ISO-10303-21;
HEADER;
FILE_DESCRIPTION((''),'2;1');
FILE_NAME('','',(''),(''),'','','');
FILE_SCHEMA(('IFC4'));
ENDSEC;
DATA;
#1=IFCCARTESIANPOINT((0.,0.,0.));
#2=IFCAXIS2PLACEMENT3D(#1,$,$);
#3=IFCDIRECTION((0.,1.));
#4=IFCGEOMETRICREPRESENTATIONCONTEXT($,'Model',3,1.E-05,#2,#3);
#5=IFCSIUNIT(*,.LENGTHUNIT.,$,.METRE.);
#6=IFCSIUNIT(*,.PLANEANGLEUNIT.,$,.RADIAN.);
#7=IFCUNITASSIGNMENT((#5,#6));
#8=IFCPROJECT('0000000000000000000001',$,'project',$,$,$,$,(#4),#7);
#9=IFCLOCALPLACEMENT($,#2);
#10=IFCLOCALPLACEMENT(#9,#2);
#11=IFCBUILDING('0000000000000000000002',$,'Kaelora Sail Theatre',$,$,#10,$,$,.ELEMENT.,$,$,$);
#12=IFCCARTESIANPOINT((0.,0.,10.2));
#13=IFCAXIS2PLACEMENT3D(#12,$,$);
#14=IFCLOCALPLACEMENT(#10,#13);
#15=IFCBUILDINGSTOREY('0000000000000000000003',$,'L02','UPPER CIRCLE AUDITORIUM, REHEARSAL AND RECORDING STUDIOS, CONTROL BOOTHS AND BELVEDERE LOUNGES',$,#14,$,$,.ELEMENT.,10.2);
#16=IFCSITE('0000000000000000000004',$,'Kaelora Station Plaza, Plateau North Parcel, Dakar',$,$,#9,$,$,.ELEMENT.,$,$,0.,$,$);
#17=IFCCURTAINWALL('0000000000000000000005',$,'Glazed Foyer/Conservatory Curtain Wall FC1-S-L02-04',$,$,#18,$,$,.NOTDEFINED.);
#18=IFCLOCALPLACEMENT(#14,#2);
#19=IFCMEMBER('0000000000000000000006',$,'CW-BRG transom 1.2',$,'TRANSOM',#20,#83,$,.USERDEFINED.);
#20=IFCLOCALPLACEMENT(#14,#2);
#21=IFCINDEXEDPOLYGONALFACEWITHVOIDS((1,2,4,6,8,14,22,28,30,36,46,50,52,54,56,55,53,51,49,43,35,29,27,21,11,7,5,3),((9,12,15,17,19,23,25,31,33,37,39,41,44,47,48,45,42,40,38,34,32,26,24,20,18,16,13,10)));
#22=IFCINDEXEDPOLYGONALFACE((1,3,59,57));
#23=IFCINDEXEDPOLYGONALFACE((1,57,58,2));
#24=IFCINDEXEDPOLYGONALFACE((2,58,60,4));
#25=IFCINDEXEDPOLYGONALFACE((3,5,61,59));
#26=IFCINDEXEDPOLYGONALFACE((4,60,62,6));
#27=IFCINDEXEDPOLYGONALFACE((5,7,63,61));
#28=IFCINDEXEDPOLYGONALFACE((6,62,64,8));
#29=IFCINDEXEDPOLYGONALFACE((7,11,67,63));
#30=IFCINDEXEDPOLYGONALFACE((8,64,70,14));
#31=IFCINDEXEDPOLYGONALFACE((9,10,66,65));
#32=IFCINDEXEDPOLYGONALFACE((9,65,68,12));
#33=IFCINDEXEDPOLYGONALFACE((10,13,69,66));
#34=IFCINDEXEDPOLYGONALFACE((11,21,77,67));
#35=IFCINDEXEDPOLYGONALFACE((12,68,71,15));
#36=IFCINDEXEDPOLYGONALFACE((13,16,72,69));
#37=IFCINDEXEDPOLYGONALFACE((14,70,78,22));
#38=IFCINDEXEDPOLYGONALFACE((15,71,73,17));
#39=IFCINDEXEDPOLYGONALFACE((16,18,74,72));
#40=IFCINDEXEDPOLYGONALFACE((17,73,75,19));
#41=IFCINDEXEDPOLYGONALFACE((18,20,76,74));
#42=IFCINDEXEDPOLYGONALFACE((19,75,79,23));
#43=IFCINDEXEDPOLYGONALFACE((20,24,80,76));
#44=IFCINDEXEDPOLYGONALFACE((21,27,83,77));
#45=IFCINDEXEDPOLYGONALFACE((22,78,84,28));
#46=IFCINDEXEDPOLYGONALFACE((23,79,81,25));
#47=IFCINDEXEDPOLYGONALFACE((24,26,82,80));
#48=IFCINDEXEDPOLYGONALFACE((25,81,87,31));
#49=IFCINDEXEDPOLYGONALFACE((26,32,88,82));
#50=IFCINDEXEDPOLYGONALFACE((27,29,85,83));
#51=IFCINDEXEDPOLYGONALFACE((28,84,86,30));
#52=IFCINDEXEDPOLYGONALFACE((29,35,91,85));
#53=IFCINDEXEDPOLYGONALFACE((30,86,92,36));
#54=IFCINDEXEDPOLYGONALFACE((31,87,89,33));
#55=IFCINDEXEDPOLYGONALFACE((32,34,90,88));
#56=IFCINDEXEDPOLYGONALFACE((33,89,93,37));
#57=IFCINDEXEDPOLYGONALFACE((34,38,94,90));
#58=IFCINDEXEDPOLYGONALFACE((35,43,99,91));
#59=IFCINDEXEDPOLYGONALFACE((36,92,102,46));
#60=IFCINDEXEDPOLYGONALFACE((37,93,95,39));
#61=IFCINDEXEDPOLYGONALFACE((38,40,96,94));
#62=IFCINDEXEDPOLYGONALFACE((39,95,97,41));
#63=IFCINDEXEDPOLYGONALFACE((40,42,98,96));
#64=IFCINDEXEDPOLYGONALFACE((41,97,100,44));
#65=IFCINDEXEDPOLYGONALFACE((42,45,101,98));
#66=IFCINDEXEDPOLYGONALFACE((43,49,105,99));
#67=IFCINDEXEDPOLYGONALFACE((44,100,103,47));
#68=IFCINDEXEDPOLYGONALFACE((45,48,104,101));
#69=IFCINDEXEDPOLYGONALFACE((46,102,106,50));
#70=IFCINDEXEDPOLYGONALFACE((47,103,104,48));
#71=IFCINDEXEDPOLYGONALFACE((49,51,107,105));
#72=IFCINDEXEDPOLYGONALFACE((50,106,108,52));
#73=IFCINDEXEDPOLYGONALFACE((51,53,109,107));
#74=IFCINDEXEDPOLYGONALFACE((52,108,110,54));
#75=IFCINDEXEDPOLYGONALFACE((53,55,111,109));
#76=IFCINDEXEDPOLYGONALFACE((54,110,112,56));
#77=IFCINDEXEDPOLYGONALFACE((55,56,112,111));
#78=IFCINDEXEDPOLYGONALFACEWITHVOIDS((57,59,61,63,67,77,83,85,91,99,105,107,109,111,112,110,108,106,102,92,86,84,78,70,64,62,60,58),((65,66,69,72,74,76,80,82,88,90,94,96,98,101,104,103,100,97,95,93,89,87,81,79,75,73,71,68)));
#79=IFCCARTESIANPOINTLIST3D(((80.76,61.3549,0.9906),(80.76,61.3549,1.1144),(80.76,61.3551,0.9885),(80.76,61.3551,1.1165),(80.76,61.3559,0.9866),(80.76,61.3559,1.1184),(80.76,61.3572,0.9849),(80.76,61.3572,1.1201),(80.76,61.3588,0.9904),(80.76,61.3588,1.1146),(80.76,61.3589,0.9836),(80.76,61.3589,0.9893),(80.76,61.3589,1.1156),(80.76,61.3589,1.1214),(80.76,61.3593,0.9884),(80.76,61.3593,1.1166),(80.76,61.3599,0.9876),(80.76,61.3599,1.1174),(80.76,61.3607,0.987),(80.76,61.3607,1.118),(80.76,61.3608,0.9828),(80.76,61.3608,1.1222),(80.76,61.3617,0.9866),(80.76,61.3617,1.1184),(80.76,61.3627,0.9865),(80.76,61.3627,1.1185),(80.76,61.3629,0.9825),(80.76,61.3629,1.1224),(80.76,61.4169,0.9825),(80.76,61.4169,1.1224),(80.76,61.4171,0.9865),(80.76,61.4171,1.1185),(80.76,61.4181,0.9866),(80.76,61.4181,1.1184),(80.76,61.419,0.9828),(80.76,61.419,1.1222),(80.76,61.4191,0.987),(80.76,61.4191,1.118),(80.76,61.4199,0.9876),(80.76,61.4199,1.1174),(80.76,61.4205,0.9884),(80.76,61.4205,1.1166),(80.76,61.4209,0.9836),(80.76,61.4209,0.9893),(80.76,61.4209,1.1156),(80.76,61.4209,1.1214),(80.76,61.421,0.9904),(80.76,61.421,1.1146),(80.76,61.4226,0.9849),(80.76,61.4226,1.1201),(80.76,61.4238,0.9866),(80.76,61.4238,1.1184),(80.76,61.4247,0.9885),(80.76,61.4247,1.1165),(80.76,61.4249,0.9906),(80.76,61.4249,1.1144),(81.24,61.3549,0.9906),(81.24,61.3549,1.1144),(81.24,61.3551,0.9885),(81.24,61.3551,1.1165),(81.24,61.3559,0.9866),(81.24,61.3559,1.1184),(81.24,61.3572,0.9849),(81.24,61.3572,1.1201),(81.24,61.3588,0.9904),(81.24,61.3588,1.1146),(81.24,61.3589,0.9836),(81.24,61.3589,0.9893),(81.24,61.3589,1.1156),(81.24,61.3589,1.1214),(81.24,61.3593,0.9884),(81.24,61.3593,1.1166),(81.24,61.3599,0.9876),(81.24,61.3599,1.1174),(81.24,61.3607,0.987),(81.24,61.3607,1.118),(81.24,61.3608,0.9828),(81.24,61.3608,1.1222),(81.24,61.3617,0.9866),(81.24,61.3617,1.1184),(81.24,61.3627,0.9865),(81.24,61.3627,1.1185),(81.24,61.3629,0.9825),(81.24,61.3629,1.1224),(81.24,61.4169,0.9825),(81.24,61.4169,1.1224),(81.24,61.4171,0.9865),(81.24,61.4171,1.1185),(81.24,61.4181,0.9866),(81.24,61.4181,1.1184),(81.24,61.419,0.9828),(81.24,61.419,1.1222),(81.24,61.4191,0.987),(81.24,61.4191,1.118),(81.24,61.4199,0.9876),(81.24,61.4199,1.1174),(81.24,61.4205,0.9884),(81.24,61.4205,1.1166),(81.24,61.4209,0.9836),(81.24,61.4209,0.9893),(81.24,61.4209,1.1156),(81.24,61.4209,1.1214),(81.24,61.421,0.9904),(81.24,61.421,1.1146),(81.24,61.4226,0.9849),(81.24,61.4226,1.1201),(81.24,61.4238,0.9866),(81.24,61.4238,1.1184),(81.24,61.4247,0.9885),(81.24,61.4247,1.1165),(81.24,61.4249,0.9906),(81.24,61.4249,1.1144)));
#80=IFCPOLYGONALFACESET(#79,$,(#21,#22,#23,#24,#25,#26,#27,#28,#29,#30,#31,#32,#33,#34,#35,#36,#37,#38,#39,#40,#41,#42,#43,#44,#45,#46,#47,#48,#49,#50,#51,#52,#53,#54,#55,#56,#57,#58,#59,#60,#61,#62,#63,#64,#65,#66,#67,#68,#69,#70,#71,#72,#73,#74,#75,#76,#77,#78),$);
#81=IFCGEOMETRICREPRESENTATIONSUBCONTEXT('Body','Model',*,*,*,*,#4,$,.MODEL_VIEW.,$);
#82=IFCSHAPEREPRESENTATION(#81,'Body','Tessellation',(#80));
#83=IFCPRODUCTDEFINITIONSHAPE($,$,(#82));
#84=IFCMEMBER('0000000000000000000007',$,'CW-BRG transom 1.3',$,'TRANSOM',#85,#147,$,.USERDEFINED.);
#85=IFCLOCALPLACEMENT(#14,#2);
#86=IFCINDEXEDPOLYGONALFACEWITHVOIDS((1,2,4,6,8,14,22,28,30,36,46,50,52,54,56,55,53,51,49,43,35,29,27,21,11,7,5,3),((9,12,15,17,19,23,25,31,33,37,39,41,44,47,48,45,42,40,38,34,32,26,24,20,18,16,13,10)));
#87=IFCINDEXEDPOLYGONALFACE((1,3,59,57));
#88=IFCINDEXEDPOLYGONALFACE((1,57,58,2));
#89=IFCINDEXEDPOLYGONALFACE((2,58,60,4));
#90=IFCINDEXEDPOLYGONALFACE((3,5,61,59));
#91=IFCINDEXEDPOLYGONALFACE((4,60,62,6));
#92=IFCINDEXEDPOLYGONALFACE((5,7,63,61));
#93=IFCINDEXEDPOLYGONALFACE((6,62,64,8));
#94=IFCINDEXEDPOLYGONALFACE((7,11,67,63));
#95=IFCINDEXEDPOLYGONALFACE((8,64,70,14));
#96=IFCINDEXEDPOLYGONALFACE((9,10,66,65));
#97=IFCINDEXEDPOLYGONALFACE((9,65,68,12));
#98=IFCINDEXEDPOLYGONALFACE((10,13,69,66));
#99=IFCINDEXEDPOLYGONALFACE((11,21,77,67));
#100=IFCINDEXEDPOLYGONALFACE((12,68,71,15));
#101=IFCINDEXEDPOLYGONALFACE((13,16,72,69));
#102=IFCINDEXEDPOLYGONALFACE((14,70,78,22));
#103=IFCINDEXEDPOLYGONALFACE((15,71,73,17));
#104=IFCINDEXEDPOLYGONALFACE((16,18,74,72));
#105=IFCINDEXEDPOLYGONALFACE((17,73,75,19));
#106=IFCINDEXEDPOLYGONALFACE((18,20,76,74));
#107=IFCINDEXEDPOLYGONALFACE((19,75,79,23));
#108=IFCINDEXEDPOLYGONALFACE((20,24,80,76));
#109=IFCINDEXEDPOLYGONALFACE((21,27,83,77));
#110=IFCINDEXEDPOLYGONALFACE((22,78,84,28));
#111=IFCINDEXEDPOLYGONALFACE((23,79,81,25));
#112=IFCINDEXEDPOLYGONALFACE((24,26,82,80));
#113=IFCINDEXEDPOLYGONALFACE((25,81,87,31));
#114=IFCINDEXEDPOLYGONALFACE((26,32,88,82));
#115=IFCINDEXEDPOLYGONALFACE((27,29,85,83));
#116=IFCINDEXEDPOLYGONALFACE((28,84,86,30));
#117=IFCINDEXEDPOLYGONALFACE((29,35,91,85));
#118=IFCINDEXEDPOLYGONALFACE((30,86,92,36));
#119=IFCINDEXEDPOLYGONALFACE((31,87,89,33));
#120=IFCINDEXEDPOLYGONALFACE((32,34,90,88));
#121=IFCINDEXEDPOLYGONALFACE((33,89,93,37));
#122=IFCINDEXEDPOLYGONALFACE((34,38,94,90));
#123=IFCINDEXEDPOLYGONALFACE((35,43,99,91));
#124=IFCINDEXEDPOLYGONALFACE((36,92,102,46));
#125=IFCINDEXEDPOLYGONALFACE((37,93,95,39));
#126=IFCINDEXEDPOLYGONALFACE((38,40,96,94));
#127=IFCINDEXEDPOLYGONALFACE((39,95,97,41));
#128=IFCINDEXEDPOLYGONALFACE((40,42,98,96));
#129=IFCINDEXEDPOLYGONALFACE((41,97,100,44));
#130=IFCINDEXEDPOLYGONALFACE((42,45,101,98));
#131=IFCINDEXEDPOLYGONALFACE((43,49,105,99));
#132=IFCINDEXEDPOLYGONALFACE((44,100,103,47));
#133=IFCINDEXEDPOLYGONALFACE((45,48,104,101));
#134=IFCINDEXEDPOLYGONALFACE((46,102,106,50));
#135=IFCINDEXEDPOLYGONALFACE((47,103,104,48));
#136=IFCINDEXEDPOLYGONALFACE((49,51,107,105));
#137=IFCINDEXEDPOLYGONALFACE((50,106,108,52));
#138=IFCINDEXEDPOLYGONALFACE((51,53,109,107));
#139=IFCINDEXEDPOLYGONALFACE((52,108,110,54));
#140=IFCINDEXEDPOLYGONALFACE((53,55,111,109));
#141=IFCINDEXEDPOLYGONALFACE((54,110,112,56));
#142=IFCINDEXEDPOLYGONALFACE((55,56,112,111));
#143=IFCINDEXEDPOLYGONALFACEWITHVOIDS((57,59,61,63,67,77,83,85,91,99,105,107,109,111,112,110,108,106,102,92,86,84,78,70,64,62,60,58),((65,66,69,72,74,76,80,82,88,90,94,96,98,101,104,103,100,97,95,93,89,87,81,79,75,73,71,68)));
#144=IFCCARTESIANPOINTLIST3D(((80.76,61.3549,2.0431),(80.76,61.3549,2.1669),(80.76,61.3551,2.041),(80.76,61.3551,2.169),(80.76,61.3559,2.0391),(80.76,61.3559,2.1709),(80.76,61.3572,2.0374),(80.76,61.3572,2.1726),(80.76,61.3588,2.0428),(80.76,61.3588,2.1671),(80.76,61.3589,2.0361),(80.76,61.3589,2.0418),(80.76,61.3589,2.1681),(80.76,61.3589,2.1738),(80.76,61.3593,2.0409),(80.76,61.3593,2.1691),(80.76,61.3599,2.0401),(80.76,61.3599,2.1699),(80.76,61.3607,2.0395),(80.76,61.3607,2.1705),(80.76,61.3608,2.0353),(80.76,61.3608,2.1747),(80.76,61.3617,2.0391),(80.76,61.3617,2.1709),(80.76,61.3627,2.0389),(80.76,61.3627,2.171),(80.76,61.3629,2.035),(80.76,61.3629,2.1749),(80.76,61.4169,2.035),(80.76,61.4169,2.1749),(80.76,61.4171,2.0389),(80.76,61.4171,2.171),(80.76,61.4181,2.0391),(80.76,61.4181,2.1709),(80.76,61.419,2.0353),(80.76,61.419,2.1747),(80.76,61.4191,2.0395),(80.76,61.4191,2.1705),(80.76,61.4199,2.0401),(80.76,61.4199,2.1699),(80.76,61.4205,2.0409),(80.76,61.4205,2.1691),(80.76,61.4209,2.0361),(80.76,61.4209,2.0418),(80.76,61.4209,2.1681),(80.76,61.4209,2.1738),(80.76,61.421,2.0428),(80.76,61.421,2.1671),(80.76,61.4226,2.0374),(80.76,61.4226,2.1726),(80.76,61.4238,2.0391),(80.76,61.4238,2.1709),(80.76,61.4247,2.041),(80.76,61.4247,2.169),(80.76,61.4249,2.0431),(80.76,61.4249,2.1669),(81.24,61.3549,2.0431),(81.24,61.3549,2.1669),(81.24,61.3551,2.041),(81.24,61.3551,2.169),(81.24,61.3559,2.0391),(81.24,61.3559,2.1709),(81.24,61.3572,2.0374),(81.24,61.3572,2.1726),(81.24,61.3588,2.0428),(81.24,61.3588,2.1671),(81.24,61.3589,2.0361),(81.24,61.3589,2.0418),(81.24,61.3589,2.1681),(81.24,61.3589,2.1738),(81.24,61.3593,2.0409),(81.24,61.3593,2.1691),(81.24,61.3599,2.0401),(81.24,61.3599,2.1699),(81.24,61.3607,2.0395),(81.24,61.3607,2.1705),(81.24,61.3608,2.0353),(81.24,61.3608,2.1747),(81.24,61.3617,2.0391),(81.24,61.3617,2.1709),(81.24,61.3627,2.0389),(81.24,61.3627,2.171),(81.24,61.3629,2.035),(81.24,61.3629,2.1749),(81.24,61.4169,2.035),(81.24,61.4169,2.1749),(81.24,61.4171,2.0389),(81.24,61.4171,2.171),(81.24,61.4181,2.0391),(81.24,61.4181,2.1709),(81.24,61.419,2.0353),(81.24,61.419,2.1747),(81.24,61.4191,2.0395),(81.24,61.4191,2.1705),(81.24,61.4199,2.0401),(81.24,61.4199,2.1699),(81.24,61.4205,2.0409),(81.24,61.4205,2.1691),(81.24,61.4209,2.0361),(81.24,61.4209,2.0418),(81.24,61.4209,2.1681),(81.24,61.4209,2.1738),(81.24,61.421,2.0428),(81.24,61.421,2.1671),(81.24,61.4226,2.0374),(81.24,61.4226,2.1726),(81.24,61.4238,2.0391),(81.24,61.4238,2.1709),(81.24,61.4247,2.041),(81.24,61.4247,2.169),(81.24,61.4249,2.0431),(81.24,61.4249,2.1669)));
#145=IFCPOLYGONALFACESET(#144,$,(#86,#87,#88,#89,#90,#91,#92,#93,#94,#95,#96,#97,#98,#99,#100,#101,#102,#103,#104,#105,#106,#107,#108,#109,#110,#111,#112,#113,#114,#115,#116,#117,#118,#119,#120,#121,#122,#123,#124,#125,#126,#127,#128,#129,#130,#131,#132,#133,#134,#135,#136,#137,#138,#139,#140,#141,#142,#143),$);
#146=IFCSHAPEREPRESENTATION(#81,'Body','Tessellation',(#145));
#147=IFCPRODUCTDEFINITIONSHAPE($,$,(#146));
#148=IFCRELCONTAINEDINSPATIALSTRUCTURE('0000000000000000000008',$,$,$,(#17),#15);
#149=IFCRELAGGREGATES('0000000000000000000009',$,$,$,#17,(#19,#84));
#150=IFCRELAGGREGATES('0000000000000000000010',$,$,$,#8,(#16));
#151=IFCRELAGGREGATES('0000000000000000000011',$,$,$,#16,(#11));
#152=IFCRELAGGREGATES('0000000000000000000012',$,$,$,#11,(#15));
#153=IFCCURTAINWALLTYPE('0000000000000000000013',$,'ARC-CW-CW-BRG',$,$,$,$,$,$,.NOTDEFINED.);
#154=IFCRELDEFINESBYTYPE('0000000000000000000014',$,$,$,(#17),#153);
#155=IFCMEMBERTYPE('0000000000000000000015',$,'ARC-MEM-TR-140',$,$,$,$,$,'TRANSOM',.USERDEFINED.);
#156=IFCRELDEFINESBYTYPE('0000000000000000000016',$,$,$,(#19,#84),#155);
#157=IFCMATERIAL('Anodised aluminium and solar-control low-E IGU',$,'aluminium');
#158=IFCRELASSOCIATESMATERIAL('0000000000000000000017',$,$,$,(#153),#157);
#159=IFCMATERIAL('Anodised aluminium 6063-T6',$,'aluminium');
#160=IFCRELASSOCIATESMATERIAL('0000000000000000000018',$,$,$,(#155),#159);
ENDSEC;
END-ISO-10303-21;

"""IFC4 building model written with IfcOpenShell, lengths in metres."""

from ifc_helpers import new_model, si_unit, direction, frame, origin, origin_2d, place, context, subcontext, project, spatial, hollow_rectangle, extrude, material, material_profile, profile_set, type_object, element, aggregate, save


model = new_model("IFC4")

# Units and contexts
model_context = context("Model", 3, precision=1e-05, world=origin(), true_north=direction((0.0, 1.0)))
body_context = subcontext(model_context, "Body", "Model", "MODEL_VIEW")
ifc_project = project(units=[si_unit("LENGTHUNIT", "METRE"), si_unit("PLANEANGLEUNIT", "RADIAN")], contexts=[model_context])

# Site, building, storey
site_placement = place(None, origin())
site = spatial("IfcSite", under=ifc_project, at=site_placement, Name="Kaelora Station Plaza, Plateau North Parcel, Dakar", CompositionType="ELEMENT", RefElevation=0.0)
building_placement = place(site_placement, origin())
building = spatial("IfcBuilding", under=site, at=building_placement, Name="Kaelora Sail Theatre", CompositionType="ELEMENT")
storey_placement = place(building_placement, frame((0.0, 0.0, 10.2)))
storey = spatial("IfcBuildingStorey", under=building, at=storey_placement, Name="L02", Description="UPPER CIRCLE AUDITORIUM, REHEARSAL AND RECORDING STUDIOS, CONTROL BOOTHS AND BELVEDERE LOUNGES", CompositionType="ELEMENT", Elevation=10.2)

# Shared definitions
ifc_material_1 = material(Name="Anodised aluminium and solar-control low-E IGU", Category="aluminium")
curtain_wall_type = type_object("IfcCurtainWallType", Name="ARC-CW-CW-BRG", PredefinedType="NOTDEFINED", material=ifc_material_1)

# Curtain wall
curtain_wall_1_placement = place(storey_placement, origin())
curtain_wall_1 = element("IfcCurtainWall", 1, at=curtain_wall_1_placement, inside=storey, type_object=curtain_wall_type, Name="Glazed Foyer/Conservatory Curtain Wall FC1-S-L02-04", PredefinedType="NOTDEFINED")

# Members
ifc_material_2 = material(Name="Anodised aluminium 6063-T6", Category="aluminium")
ifc_material_profile_1 = material_profile(ifc_material_2, hollow_rectangle(XDim=0.0701, YDim=0.1399, WallThickness=0.0039, InnerFilletRadius=0.0039, OuterFilletRadius=0.0081, at=origin_2d()), Name="ALU-TRAN 70x140x4")
ifc_profile_set_1 = profile_set([ifc_material_profile_1], Name="Anodised aluminium 6063-T6")
member_type_1 = type_object("IfcMemberType", Name="ARC-MEM-TR-140", ElementType="TRANSOM", PredefinedType="USERDEFINED", material=ifc_profile_set_1)
member_1_placement = place(storey_placement, frame((80.76, 61.3899, 1.0525), z_axis=(1.0, 0.0, 0.0), x_axis=(0.0, 1.0, 0.0)))
member_1 = element("IfcMember", 2, at=member_1_placement, type_object=member_type_1, Name="CW-BRG transom 1.2", ObjectType="TRANSOM", PredefinedType="USERDEFINED", context=body_context, shape_type="SweptSolid", body=[
    extrude(hollow_rectangle(XDim=0.0701, YDim=0.1399, WallThickness=0.0039, InnerFilletRadius=0.0039, OuterFilletRadius=0.0081, at=origin_2d()), origin(), (0.0, 0.0, 1.0), 0.48),
])
member_2_placement = place(storey_placement, frame((80.76, 61.3899, 2.105), z_axis=(1.0, 0.0, 0.0), x_axis=(0.0, 1.0, 0.0)))
member_2 = element("IfcMember", 3, at=member_2_placement, type_object=member_type_1, Name="CW-BRG transom 1.3", ObjectType="TRANSOM", PredefinedType="USERDEFINED", context=body_context, shape_type="SweptSolid", body=[
    extrude(hollow_rectangle(XDim=0.0701, YDim=0.1399, WallThickness=0.0039, InnerFilletRadius=0.0039, OuterFilletRadius=0.0081, at=origin_2d()), origin(), (0.0, 0.0, 1.0), 0.48),
])

aggregate(curtain_wall_1, [member_1, member_2])

save(model, "model.ifc")
